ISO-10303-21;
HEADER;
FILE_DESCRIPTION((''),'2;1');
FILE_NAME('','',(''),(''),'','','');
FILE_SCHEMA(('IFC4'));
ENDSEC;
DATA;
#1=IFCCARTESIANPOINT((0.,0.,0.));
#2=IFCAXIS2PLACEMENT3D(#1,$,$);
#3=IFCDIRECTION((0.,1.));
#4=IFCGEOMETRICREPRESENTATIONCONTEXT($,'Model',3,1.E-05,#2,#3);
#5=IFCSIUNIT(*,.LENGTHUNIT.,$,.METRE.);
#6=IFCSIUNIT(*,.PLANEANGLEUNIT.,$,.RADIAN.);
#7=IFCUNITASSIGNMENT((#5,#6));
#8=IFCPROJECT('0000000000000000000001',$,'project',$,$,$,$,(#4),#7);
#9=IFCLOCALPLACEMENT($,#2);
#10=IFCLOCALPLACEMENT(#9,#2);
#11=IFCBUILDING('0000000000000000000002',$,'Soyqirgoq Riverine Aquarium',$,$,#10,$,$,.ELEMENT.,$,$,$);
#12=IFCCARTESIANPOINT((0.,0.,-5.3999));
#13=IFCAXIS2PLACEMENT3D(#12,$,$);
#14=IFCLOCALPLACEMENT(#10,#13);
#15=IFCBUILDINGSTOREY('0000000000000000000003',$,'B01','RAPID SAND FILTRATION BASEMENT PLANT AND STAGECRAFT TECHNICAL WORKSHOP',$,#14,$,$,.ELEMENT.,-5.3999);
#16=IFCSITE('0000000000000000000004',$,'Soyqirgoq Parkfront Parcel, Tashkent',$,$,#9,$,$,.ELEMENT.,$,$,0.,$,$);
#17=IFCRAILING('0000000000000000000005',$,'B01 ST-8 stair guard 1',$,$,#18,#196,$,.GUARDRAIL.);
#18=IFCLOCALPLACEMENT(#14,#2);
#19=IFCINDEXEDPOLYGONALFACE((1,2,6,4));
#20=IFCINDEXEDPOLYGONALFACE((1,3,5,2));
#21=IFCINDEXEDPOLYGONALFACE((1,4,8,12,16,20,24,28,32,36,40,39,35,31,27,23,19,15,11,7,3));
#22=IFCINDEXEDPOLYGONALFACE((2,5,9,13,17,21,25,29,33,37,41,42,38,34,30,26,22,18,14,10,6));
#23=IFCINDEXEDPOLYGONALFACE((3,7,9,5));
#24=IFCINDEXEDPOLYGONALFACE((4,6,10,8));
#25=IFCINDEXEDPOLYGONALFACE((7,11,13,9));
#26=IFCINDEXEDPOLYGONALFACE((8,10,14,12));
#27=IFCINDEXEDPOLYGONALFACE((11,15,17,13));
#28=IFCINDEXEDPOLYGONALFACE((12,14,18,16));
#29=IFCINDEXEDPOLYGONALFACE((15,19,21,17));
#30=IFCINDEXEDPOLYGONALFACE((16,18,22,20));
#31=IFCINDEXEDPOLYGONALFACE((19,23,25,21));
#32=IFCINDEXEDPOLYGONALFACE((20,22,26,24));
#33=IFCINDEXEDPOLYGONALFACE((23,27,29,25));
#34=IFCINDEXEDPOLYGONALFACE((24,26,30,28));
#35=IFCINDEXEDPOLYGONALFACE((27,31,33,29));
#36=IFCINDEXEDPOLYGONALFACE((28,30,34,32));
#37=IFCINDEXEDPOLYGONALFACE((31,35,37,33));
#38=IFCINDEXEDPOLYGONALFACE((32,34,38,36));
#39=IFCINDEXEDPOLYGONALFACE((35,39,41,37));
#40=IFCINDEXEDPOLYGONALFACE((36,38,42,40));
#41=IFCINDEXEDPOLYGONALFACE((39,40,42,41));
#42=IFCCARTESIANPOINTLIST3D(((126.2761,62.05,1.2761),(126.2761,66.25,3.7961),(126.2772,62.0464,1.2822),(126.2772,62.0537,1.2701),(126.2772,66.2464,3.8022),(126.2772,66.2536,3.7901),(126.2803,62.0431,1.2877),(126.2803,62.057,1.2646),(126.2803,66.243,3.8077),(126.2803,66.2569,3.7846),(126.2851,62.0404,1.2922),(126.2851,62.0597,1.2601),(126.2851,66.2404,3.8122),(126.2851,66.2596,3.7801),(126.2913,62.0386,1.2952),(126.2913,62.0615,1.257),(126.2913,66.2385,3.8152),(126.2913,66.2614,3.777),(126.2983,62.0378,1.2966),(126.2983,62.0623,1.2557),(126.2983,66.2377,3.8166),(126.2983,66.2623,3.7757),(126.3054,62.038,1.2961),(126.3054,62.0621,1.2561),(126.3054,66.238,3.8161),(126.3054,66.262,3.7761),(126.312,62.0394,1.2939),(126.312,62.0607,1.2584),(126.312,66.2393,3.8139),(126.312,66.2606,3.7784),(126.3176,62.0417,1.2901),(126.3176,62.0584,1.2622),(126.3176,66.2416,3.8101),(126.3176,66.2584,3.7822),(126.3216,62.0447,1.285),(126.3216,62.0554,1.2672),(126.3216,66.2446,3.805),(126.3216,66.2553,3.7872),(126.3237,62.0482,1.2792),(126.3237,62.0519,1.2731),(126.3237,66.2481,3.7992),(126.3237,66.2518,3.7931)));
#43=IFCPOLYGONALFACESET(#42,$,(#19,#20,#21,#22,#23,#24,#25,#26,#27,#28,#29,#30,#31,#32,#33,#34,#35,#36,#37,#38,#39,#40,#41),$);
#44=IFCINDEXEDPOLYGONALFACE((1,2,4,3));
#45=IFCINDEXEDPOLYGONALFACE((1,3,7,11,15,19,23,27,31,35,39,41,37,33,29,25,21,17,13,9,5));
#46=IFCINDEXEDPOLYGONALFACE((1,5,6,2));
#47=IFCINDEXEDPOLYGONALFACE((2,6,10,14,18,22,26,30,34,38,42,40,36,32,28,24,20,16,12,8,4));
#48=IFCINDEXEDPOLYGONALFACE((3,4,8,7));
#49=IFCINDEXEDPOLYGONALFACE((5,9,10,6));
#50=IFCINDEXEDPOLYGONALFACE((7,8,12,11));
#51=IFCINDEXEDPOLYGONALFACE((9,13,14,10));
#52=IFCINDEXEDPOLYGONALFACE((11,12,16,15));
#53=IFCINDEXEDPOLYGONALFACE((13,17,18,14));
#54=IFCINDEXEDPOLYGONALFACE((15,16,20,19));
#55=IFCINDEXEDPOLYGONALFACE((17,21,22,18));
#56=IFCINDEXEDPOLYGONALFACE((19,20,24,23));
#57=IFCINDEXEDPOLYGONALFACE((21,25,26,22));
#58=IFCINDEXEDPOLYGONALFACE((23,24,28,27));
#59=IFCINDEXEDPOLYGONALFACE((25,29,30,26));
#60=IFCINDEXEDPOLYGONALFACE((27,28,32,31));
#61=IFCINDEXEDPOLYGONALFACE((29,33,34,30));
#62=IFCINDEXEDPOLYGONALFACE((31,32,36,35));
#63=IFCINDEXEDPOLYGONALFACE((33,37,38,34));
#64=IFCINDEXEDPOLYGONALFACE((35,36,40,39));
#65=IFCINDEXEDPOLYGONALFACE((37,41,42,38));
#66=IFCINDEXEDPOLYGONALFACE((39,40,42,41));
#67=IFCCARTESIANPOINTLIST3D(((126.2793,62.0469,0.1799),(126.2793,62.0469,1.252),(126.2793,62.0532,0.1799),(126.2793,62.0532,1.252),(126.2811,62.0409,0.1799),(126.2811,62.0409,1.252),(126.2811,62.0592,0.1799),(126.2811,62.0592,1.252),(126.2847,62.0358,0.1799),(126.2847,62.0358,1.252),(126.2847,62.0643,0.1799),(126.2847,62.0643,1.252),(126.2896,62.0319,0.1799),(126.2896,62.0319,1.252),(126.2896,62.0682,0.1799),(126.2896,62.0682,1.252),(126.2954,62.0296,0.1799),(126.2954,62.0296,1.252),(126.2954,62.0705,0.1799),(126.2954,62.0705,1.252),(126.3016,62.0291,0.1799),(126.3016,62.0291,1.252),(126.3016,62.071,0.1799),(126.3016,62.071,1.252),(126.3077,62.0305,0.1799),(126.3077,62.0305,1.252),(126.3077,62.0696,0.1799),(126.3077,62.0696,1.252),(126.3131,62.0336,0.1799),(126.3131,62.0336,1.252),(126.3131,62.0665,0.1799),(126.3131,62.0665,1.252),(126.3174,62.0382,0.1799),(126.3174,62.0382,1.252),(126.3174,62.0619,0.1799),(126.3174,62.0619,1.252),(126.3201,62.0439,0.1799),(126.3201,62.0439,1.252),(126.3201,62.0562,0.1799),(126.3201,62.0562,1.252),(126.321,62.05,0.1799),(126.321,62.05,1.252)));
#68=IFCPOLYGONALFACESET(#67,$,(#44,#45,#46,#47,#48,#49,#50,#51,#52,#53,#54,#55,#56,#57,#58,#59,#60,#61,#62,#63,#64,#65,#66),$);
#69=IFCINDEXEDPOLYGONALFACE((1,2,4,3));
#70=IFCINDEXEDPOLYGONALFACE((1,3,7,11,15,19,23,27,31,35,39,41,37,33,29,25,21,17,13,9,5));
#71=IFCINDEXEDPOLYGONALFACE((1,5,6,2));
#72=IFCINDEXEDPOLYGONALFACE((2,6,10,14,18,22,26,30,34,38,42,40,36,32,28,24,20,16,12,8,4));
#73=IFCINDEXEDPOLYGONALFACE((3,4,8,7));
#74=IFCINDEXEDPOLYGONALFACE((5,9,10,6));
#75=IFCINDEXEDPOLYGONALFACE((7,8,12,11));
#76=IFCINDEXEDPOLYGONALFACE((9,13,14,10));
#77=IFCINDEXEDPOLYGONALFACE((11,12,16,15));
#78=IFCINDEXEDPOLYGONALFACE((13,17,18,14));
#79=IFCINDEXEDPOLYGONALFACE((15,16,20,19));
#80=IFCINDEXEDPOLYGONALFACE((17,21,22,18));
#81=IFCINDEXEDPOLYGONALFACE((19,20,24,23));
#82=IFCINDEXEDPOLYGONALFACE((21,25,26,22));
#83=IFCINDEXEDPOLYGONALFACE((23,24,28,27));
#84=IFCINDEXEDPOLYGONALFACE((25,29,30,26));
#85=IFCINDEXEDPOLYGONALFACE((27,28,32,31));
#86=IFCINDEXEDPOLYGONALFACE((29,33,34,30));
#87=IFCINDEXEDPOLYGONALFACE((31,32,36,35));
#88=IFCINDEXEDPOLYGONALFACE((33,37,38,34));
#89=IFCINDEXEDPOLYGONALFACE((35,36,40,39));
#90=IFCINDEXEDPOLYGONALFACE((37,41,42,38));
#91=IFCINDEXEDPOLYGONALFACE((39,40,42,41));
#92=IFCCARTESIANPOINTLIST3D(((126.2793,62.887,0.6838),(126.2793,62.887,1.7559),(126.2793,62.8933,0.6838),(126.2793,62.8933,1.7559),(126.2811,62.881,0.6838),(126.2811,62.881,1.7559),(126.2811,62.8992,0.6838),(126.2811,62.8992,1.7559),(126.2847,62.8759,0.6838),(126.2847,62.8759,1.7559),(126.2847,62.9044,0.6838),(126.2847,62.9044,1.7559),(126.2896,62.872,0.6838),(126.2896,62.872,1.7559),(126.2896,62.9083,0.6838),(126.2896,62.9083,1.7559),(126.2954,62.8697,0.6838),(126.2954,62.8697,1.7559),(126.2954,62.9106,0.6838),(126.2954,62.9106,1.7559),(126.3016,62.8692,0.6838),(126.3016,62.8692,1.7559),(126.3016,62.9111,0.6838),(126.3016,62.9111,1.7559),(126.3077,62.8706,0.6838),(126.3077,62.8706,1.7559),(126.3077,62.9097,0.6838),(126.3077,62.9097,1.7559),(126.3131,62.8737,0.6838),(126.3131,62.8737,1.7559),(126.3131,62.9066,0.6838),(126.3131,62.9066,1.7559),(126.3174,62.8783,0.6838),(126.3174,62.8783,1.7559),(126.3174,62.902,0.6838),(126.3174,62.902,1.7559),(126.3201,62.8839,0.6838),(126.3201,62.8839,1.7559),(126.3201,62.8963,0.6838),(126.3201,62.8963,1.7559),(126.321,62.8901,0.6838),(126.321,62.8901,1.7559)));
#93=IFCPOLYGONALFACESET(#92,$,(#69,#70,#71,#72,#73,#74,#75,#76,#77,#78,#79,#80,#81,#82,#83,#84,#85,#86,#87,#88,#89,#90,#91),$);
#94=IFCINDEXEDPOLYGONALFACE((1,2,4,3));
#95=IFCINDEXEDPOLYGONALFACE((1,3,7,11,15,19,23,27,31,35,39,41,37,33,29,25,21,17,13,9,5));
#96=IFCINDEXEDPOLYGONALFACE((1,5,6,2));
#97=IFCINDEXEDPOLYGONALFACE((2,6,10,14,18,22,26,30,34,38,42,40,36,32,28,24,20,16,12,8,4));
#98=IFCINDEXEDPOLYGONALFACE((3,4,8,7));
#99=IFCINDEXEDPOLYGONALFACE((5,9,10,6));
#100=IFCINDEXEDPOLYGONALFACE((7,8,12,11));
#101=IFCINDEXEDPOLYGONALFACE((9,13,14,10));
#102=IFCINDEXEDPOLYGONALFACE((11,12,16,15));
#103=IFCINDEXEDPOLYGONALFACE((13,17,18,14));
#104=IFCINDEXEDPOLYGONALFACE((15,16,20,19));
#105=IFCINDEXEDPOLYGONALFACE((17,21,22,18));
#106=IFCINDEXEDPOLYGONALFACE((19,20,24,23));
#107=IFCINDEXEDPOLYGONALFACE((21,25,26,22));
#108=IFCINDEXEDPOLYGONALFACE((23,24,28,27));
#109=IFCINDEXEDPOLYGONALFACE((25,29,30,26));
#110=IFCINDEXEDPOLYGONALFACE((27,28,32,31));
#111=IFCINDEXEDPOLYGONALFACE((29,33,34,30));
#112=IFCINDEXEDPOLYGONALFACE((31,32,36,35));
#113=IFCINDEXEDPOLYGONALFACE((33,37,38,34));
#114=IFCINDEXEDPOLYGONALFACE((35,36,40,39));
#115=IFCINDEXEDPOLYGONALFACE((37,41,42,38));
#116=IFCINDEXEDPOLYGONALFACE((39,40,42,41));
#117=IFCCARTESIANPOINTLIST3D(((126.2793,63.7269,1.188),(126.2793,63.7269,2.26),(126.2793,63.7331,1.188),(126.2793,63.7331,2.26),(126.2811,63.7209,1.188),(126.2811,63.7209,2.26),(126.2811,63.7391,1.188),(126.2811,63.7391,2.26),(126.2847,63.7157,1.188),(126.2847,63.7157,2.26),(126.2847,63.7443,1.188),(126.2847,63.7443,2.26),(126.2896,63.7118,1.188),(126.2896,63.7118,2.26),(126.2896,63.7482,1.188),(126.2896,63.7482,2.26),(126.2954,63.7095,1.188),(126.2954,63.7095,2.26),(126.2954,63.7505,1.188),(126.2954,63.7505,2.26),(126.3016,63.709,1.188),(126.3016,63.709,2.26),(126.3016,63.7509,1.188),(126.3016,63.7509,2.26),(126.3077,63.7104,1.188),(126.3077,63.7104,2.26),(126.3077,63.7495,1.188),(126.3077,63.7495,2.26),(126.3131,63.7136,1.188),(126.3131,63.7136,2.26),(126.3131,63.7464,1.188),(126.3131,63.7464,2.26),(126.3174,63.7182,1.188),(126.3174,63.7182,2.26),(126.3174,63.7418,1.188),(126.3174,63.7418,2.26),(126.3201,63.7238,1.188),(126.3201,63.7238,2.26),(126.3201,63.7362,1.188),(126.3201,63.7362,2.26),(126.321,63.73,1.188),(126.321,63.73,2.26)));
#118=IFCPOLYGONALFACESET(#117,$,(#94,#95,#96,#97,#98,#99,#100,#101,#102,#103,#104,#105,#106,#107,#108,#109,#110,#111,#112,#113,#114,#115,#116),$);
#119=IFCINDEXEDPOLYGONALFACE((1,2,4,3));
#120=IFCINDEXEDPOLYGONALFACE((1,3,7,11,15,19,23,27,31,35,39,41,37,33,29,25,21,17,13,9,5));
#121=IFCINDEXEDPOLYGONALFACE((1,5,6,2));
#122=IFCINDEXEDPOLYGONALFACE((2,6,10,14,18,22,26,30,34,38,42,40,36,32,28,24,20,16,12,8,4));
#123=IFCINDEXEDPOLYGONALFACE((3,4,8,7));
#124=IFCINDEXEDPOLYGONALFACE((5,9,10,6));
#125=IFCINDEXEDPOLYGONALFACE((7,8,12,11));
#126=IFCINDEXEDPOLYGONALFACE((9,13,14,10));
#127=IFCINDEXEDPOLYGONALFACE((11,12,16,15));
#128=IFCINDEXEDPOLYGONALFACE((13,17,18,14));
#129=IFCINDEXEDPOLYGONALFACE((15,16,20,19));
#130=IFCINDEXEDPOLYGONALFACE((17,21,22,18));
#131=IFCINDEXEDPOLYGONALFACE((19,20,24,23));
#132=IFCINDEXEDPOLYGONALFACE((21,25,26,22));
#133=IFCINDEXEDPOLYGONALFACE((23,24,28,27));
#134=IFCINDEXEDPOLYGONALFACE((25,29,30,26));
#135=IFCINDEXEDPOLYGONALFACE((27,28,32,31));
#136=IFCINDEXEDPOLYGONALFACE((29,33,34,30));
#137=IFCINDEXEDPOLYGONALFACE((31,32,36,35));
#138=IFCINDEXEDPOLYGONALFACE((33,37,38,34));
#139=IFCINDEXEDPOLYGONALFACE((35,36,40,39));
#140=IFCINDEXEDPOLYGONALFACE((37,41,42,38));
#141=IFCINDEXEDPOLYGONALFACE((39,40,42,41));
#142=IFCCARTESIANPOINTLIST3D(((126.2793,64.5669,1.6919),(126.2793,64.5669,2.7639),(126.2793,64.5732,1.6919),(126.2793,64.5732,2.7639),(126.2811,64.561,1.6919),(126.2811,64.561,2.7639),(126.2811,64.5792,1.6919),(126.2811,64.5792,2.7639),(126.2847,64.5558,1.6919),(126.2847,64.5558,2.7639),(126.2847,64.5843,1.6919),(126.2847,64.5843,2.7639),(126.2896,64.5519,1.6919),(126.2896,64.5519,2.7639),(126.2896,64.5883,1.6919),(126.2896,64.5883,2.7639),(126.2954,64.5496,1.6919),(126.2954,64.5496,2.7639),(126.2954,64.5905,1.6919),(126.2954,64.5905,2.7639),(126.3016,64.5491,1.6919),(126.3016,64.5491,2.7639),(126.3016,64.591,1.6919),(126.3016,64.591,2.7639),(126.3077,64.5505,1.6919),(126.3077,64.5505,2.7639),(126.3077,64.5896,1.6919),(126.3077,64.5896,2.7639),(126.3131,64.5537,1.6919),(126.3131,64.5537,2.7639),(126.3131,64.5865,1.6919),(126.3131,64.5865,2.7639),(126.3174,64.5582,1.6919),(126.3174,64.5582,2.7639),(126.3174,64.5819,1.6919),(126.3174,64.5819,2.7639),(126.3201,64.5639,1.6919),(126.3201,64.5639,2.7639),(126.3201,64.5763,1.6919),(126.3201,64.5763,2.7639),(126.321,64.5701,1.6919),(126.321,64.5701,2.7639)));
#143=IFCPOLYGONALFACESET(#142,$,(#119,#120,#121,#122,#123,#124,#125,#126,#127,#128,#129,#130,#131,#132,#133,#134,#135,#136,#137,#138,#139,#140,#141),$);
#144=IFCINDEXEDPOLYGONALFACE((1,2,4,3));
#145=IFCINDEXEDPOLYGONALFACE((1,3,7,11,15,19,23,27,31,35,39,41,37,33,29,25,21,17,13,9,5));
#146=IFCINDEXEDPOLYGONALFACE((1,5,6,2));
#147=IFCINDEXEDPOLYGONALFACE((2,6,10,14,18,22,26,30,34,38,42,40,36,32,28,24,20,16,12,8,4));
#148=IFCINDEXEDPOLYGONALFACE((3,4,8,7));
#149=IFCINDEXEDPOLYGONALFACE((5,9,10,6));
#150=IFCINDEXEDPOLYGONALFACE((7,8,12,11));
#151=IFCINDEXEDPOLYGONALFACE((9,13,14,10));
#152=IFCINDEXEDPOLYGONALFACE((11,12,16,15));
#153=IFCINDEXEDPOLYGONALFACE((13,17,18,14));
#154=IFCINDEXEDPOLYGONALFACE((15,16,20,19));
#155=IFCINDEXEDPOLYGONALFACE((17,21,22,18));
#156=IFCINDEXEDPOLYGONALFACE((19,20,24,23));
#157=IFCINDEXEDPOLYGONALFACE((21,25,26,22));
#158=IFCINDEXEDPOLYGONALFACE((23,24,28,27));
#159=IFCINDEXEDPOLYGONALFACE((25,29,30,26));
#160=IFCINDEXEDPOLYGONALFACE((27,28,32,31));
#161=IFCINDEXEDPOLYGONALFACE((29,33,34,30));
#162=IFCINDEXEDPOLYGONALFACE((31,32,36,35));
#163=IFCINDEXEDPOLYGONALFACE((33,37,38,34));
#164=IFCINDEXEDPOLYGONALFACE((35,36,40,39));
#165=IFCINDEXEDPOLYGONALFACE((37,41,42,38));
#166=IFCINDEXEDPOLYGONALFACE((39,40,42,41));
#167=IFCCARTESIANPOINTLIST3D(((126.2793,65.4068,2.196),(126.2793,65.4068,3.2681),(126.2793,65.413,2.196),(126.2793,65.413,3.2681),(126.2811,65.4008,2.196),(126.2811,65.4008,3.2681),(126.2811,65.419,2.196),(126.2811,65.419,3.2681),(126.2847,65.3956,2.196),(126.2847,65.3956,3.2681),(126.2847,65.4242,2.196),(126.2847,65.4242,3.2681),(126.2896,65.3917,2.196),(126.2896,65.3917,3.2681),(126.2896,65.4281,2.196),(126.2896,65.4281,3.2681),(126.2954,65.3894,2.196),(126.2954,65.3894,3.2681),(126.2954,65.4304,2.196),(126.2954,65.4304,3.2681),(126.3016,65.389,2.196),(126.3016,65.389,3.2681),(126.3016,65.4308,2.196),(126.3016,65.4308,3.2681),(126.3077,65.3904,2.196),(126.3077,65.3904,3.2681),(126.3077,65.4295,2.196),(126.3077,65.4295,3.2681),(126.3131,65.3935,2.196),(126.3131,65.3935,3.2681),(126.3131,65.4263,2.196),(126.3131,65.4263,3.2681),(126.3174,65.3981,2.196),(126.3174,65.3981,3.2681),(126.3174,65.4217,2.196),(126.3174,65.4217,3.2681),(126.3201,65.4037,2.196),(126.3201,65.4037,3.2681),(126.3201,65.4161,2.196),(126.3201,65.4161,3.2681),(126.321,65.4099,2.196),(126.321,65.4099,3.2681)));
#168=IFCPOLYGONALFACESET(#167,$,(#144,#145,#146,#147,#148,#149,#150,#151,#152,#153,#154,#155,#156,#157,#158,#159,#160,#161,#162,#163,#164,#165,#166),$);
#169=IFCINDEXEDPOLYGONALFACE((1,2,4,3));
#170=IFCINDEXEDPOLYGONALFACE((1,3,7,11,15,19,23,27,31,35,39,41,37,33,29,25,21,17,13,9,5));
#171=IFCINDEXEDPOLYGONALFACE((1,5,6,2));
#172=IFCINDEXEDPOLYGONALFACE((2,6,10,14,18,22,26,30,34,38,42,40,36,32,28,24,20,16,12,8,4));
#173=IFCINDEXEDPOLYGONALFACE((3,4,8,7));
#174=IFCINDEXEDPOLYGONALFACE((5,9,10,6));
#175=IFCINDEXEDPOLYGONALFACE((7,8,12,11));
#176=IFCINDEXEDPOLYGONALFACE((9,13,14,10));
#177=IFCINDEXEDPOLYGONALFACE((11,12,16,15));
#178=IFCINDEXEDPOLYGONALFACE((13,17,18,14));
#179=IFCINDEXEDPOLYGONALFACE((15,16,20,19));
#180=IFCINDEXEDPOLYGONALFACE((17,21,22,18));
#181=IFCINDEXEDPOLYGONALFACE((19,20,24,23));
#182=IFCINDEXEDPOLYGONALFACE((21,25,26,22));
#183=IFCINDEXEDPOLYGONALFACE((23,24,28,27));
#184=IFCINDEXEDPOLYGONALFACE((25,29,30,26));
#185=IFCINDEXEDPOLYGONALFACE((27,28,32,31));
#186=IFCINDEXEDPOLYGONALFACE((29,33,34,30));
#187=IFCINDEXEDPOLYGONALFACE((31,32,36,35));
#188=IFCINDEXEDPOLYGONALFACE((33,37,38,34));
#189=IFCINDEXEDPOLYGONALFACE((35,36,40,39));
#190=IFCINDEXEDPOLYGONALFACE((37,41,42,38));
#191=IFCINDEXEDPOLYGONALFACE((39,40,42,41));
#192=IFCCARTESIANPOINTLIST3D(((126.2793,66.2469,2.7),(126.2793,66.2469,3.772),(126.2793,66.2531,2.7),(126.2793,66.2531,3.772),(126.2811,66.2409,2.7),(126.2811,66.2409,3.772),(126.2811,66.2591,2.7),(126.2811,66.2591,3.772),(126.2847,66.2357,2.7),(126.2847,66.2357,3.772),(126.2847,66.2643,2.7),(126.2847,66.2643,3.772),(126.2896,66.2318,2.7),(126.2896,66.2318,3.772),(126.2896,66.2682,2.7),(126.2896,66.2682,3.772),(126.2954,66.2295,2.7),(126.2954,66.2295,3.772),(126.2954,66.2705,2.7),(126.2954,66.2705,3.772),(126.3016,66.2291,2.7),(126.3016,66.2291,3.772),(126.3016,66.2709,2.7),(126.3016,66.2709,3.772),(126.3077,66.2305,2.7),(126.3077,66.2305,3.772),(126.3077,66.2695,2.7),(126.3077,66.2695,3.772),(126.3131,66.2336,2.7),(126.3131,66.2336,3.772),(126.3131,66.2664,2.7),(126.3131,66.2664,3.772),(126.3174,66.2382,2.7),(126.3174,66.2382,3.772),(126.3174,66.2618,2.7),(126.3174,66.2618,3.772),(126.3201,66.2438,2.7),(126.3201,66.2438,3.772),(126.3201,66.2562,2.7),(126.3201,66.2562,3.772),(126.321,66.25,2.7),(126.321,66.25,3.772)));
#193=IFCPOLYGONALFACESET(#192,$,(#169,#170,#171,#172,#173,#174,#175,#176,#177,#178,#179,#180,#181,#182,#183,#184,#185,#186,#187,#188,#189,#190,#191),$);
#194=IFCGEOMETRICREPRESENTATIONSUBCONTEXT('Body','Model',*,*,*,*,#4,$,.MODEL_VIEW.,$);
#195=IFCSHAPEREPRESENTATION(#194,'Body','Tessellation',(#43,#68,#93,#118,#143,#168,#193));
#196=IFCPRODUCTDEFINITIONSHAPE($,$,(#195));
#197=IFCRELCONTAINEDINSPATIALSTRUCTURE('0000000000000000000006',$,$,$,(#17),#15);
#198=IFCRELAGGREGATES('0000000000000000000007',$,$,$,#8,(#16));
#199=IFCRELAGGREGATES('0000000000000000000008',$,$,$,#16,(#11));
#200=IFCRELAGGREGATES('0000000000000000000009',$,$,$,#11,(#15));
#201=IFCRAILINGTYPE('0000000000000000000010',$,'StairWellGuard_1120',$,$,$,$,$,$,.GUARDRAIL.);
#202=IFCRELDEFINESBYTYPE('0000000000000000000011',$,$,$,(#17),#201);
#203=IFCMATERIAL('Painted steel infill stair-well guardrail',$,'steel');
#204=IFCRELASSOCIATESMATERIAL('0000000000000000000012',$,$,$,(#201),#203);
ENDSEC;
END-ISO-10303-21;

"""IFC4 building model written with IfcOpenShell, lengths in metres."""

from ifc_helpers import new_model, si_unit, direction, frame, origin, origin_2d, place, context, subcontext, project, spatial, circle, extrude, material, type_object, element, save


model = new_model("IFC4")

# Units and contexts
model_context = context("Model", 3, precision=1e-05, world=origin(), true_north=direction((0.0, 1.0)))
body_context = subcontext(model_context, "Body", "Model", "MODEL_VIEW")
ifc_project = project(units=[si_unit("LENGTHUNIT", "METRE"), si_unit("PLANEANGLEUNIT", "RADIAN")], contexts=[model_context])

# Site, building, storey
site_placement = place(None, origin())
site = spatial("IfcSite", under=ifc_project, at=site_placement, Name="Soyqirgoq Parkfront Parcel, Tashkent", CompositionType="ELEMENT", RefElevation=0.0)
building_placement = place(site_placement, origin())
building = spatial("IfcBuilding", under=site, at=building_placement, Name="Soyqirgoq Riverine Aquarium", CompositionType="ELEMENT")
storey_placement = place(building_placement, frame((0.0, 0.0, -5.3999)))
storey = spatial("IfcBuildingStorey", under=building, at=storey_placement, Name="B01", Description="RAPID SAND FILTRATION BASEMENT PLANT AND STAGECRAFT TECHNICAL WORKSHOP", CompositionType="ELEMENT", Elevation=-5.3999)

# Railing
ifc_material_1 = material(Name="Painted steel infill stair-well guardrail", Category="steel")
railing_type_1 = type_object("IfcRailingType", Name="StairWellGuard_1120", PredefinedType="GUARDRAIL", material=ifc_material_1)
railing_1_placement = place(storey_placement, frame((126.3, 62.05, 0.1799)))
element("IfcRailing", 1, at=railing_1_placement, inside=storey, type_object=railing_type_1, Name="B01 ST-8 stair guard 1", PredefinedType="GUARDRAIL", context=body_context, shape_type="SweptSolid", body=[
    extrude(circle(Radius=0.0239, at=origin_2d()), frame((0.0, 0.0, 1.0962), z_axis=(0.0, 0.857489, 0.514503), x_axis=(-1.0, 0.0, 0.0)), (0.0, 0.0, 1.0), 4.8979),
    extrude(circle(Radius=0.021, at=origin_2d()), origin(), (0.0, 0.0, 1.0), 1.072),
    extrude(circle(Radius=0.021, at=origin_2d()), frame((0.0, 0.8401, 0.5039)), (0.0, 0.0, 1.0), 1.072),
    extrude(circle(Radius=0.021, at=origin_2d()), frame((0.0, 1.6799, 1.0081)), (0.0, 0.0, 1.0), 1.072),
    extrude(circle(Radius=0.021, at=origin_2d()), frame((0.0, 2.52, 1.512)), (0.0, 0.0, 1.0), 1.072),
    extrude(circle(Radius=0.021, at=origin_2d()), frame((0.0, 3.3599, 2.0161)), (0.0, 0.0, 1.0), 1.072),
    extrude(circle(Radius=0.021, at=origin_2d()), frame((0.0, 4.2, 2.52)), (0.0, 0.0, 1.0), 1.072),
])

save(model, "model.ifc")
